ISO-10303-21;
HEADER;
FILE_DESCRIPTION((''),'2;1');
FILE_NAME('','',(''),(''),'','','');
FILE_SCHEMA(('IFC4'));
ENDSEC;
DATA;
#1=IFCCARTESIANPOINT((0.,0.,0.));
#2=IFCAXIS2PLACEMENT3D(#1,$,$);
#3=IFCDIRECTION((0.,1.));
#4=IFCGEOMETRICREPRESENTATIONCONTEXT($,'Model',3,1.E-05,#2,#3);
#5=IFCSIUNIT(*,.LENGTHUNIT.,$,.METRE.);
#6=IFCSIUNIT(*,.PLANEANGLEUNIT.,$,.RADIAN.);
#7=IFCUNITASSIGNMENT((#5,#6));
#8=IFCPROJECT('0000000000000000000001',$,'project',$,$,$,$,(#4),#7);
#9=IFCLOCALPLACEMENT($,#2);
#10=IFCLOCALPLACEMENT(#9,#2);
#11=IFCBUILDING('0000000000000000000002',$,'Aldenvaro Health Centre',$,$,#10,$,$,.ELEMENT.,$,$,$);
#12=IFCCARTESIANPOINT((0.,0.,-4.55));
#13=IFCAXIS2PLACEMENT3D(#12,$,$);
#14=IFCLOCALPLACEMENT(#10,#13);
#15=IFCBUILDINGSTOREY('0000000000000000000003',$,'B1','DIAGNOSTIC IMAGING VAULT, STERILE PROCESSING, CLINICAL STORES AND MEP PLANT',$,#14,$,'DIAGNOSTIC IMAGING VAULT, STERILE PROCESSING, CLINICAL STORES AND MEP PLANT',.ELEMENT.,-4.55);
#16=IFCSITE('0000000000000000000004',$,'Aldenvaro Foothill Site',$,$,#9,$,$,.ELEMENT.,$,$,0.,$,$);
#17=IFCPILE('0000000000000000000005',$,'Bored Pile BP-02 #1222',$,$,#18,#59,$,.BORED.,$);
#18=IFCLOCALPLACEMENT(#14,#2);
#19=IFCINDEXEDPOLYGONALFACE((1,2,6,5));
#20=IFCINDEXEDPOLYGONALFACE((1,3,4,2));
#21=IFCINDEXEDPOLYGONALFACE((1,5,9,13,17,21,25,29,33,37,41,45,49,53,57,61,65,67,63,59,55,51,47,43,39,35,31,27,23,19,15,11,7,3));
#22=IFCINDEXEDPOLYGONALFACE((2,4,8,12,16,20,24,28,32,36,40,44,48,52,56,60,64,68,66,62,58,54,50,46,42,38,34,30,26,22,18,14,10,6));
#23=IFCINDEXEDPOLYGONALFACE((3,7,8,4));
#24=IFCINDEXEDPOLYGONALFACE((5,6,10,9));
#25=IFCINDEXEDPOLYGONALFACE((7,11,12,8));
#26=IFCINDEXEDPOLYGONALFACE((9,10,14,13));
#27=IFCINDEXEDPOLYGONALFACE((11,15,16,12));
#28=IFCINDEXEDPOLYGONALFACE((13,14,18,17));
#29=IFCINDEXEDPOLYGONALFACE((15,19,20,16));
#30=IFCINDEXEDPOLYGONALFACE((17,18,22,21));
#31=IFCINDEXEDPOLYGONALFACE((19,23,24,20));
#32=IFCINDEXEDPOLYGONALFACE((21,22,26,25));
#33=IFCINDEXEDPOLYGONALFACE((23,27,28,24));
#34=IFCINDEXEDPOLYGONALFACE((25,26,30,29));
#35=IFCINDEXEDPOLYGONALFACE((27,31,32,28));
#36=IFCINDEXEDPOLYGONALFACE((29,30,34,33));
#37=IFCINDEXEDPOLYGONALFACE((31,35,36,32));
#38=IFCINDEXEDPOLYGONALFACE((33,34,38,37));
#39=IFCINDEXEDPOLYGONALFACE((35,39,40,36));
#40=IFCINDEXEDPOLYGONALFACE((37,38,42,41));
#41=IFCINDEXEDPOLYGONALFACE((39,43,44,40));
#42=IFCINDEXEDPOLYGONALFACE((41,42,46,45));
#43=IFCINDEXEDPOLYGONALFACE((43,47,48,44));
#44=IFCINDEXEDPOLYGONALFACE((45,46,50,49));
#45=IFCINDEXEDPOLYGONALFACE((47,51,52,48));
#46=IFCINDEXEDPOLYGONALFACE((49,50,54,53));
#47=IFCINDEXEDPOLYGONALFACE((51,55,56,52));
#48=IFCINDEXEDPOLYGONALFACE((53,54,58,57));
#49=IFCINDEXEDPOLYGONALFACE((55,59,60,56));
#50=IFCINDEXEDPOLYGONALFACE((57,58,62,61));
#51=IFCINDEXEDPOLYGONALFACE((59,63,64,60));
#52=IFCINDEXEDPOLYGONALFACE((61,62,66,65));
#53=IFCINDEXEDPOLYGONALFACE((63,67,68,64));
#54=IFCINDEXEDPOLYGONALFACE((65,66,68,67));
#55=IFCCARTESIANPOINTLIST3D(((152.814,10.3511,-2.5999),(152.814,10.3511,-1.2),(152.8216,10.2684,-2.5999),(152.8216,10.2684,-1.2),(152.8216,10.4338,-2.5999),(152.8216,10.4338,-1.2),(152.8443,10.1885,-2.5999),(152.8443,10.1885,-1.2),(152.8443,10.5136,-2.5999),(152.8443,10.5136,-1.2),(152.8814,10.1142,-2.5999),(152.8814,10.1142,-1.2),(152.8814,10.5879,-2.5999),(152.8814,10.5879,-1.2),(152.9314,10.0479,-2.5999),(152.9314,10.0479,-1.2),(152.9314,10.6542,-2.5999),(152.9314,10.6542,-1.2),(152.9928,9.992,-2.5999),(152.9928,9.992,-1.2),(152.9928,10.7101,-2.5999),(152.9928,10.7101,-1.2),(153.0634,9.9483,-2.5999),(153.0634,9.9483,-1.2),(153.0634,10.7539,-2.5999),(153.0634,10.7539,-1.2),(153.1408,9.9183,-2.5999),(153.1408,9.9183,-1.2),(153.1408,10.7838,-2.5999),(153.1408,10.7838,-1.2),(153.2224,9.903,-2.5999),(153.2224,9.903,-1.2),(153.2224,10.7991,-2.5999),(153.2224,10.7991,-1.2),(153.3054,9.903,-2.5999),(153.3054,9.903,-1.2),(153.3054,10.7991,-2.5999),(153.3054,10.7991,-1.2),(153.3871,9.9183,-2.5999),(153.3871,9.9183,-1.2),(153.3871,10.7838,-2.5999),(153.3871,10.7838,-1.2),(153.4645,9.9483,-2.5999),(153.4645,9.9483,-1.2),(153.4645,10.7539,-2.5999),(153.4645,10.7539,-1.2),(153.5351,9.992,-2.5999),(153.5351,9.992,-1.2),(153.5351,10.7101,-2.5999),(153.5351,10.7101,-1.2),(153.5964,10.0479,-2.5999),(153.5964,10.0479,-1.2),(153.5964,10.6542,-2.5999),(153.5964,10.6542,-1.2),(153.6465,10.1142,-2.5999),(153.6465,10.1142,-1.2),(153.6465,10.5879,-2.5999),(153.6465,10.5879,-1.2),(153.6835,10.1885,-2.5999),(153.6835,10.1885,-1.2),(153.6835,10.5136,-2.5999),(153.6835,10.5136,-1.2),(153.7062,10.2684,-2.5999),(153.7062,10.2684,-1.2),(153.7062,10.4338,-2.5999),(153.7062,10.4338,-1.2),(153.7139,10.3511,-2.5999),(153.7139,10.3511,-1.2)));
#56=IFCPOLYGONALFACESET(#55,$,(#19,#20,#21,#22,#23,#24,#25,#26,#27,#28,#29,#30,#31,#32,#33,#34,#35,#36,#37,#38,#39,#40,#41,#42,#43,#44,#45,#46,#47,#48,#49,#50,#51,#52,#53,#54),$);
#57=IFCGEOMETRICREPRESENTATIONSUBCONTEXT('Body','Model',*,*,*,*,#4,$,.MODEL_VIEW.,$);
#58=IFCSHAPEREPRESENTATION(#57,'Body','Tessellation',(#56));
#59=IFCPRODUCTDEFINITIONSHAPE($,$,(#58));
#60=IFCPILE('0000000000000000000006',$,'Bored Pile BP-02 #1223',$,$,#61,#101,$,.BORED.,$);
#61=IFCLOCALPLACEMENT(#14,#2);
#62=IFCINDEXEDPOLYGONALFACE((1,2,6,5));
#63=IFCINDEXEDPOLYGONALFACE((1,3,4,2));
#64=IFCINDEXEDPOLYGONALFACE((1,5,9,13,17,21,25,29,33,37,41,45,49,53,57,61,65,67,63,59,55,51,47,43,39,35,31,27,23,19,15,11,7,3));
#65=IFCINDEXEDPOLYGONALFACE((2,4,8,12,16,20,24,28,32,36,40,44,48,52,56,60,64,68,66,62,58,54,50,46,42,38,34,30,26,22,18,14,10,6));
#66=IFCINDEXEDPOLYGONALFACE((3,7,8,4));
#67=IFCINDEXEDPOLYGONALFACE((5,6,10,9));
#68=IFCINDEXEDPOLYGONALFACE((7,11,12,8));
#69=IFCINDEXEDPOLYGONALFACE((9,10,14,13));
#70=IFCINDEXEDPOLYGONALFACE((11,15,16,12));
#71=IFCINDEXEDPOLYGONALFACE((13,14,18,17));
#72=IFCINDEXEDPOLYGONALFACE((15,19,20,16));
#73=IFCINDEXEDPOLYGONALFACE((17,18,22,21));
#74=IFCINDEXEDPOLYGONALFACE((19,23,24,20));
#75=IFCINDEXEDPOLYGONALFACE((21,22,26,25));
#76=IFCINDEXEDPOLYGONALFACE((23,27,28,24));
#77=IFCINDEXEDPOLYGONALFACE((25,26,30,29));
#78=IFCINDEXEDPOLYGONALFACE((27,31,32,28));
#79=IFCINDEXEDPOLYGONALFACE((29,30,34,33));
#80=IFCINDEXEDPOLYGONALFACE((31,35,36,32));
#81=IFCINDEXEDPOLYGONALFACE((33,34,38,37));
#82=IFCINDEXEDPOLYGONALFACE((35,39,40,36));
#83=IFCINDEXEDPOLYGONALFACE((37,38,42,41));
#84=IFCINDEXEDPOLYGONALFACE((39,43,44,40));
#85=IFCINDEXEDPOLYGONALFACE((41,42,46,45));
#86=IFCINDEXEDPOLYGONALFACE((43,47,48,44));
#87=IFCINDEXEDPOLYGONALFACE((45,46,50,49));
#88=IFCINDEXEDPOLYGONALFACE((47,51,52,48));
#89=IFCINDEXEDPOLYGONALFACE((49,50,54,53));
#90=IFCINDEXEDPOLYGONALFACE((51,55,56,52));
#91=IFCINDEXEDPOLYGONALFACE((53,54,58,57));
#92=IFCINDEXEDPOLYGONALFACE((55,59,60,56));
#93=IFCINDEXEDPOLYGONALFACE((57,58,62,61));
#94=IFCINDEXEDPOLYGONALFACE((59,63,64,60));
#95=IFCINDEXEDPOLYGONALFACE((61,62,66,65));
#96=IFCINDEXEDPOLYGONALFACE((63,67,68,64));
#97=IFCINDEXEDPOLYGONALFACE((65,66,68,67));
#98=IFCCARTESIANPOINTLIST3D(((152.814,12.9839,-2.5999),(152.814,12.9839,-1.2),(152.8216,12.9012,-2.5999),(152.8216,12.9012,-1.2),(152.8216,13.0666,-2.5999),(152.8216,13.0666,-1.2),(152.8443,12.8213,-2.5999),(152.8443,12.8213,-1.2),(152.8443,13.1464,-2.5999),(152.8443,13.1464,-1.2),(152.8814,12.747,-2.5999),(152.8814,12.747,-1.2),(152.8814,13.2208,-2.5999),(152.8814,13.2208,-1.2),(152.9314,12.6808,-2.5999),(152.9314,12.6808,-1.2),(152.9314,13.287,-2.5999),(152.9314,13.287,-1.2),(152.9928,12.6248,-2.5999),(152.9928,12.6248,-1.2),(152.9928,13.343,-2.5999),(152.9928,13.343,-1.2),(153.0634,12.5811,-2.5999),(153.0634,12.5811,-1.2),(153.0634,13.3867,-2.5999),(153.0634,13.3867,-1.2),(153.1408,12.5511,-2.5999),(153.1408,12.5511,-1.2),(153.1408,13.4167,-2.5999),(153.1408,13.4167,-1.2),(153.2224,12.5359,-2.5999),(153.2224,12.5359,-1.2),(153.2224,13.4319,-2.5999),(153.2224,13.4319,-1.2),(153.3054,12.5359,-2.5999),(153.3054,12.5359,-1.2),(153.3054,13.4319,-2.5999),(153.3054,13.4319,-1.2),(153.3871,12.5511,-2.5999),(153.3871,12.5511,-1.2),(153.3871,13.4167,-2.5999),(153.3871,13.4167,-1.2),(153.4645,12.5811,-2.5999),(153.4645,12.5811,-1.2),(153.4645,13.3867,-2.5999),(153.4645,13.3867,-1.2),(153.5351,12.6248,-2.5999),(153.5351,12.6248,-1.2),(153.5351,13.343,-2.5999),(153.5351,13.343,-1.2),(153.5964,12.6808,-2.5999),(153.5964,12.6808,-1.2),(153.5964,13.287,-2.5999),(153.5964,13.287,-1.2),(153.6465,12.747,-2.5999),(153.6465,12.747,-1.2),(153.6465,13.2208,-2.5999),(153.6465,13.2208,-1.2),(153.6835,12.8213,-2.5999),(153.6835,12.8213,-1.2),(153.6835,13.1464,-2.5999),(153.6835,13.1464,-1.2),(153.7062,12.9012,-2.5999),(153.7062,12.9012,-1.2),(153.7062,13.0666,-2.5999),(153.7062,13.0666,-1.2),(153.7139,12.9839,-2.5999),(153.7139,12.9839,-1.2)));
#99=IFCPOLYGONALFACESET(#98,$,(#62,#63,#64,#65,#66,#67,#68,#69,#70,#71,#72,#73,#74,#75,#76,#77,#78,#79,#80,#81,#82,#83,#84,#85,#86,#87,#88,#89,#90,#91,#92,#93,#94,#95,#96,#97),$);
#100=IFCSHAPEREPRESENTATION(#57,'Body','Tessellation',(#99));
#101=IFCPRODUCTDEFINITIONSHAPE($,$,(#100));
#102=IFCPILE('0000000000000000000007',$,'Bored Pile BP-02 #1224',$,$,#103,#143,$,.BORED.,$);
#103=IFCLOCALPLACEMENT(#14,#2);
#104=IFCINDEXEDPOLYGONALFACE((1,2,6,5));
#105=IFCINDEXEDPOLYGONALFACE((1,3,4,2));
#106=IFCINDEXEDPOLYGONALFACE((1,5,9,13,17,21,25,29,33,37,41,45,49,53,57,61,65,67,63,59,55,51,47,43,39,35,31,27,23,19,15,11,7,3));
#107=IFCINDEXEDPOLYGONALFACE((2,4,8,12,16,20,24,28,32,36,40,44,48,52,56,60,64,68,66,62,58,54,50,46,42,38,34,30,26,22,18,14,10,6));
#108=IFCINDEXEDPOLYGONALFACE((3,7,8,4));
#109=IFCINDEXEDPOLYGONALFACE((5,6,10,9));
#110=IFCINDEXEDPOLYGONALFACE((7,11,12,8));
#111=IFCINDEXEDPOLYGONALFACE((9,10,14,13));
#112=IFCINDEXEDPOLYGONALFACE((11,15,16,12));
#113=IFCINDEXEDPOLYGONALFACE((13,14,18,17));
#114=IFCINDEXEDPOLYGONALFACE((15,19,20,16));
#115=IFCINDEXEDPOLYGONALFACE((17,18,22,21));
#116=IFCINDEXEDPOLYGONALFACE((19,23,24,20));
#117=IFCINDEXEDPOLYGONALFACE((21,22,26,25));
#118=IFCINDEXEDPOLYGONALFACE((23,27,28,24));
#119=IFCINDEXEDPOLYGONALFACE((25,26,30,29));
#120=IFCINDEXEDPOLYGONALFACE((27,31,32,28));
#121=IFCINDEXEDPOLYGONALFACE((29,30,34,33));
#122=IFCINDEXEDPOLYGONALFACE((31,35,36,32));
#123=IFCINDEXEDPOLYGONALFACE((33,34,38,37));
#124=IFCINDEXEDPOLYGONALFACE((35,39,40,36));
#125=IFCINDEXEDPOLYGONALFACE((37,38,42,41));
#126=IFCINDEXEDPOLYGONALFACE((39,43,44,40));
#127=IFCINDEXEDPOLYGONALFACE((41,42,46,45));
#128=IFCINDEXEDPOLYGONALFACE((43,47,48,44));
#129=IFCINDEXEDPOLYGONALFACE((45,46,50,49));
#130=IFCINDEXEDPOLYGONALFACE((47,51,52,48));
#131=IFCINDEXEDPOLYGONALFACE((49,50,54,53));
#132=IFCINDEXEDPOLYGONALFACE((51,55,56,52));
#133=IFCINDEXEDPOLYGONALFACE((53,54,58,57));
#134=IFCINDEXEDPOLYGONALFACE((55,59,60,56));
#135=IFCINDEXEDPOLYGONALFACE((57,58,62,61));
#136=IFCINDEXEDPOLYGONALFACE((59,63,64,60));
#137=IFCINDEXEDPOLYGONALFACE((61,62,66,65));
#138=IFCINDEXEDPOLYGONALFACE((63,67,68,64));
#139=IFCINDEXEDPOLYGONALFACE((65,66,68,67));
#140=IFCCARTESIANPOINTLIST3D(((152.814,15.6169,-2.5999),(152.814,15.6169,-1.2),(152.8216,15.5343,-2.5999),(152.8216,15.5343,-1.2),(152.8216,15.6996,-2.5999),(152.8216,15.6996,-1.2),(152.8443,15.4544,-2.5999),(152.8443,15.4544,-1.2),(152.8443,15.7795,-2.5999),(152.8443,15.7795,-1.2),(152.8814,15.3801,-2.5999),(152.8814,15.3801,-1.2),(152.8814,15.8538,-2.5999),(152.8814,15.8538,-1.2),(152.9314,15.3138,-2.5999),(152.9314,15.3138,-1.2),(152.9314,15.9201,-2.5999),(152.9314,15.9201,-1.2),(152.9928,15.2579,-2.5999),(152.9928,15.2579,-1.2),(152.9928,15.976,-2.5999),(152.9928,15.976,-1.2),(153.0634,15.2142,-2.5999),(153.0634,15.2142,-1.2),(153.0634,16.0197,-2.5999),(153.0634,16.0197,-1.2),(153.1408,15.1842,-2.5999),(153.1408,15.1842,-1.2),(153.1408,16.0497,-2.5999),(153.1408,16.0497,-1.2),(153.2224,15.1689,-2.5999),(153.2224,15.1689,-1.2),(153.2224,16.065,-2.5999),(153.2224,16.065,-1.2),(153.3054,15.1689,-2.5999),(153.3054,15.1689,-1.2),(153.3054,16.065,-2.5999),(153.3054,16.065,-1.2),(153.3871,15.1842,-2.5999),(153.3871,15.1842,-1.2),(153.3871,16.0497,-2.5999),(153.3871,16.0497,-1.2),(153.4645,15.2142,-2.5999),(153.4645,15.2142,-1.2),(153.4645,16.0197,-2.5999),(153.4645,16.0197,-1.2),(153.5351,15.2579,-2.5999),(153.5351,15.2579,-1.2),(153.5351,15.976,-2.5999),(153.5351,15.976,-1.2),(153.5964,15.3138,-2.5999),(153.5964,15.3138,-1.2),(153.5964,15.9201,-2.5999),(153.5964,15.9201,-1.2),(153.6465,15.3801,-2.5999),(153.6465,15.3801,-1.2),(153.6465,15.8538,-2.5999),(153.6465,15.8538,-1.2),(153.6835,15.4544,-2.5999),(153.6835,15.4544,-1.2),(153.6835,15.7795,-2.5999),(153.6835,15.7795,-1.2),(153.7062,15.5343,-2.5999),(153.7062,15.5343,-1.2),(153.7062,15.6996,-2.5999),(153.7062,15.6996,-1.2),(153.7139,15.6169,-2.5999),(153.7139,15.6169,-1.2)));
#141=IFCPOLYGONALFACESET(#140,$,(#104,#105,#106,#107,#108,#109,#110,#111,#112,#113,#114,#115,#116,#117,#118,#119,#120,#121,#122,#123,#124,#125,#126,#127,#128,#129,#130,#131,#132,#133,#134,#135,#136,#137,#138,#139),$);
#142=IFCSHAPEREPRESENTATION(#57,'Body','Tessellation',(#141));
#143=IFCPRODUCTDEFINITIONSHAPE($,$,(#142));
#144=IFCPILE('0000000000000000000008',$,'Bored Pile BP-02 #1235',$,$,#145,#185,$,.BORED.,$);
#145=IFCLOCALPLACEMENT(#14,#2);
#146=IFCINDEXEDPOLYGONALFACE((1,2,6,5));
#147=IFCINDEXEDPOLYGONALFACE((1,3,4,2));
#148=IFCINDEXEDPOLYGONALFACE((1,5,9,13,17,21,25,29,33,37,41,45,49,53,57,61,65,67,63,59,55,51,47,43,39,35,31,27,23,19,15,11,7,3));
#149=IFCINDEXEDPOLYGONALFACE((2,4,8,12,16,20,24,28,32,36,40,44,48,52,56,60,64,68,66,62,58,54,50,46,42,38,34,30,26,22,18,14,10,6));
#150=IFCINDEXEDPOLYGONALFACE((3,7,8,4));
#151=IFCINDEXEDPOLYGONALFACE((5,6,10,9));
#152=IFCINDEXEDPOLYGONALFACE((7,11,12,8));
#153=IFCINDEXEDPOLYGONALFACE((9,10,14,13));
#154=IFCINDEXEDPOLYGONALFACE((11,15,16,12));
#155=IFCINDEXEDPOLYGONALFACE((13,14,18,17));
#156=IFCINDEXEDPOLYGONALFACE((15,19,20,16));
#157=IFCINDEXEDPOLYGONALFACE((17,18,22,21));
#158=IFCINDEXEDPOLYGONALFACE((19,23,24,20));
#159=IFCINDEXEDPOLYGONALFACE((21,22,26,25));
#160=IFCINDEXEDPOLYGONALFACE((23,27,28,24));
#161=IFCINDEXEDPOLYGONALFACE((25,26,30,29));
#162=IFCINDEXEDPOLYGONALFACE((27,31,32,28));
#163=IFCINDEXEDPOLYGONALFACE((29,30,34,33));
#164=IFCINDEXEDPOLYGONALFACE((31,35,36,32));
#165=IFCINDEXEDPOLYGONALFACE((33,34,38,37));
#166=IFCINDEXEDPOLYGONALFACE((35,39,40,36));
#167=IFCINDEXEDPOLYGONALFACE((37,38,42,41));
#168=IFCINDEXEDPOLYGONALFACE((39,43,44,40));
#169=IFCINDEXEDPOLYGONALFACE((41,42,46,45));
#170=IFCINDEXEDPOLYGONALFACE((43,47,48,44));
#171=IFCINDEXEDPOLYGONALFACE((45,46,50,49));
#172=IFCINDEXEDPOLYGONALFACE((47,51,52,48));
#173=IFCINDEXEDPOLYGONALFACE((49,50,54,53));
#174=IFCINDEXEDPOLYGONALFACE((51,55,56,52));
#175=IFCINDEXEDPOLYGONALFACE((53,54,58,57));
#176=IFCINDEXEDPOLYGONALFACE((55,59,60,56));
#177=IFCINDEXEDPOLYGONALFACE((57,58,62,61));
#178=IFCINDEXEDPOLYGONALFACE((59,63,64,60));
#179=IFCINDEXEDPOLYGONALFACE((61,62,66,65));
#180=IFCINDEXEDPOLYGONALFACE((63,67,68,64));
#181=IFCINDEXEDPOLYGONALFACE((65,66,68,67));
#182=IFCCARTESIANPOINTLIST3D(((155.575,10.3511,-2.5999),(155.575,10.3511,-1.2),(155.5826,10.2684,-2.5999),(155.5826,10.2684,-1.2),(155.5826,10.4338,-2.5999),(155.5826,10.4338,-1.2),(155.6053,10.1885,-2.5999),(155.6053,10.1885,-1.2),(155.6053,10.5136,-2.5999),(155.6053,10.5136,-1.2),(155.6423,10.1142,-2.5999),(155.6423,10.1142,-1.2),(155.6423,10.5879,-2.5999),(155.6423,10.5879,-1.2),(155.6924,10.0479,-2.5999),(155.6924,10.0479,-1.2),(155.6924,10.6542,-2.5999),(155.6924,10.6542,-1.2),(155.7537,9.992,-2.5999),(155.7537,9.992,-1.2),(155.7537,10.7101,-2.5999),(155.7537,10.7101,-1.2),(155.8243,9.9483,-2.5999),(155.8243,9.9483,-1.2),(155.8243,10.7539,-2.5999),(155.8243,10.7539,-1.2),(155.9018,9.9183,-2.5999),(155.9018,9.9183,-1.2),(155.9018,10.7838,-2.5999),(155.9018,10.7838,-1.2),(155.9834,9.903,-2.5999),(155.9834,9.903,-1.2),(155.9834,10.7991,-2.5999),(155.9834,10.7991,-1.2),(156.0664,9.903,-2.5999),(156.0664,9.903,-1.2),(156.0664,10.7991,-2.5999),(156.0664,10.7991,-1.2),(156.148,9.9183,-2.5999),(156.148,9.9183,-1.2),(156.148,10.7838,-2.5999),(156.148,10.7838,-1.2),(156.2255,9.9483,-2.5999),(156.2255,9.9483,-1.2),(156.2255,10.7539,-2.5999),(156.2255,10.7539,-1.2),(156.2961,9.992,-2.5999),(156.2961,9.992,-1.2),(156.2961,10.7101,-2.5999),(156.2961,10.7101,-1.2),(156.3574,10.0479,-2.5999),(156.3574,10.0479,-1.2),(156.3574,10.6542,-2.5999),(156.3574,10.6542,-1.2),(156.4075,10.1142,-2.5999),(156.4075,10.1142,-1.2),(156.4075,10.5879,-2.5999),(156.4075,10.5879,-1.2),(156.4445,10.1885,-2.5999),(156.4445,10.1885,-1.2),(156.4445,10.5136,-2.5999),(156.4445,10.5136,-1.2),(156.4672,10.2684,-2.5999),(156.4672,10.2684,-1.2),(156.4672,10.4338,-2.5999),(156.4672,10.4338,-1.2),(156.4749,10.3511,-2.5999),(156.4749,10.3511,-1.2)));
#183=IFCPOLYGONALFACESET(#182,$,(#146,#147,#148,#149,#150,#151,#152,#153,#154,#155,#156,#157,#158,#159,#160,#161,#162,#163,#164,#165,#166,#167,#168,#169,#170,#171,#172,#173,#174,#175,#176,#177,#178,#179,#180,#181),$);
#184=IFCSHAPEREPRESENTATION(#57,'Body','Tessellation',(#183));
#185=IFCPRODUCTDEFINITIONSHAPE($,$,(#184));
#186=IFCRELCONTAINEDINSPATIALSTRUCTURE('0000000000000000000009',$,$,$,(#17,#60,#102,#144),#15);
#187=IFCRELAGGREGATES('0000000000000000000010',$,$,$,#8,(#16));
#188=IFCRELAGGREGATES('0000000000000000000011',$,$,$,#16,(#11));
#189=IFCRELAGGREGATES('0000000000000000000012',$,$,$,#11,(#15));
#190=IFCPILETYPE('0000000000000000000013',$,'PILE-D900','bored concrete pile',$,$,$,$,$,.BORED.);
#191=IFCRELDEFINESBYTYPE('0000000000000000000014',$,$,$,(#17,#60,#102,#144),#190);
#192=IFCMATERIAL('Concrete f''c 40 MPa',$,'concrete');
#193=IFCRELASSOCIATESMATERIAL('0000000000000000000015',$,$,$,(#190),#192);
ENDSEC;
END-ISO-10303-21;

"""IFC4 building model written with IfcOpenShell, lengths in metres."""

from ifc_helpers import new_model, si_unit, direction, frame, origin, origin_2d, place, context, subcontext, project, spatial, circle, extrude, material, material_profile, profile_set, type_object, element, save


model = new_model("IFC4")

# Units and contexts
model_context = context("Model", 3, precision=1e-05, world=origin(), true_north=direction((0.0, 1.0)))
body_context = subcontext(model_context, "Body", "Model", "MODEL_VIEW")
ifc_project = project(units=[si_unit("LENGTHUNIT", "METRE"), si_unit("PLANEANGLEUNIT", "RADIAN")], contexts=[model_context])

# Site, building, storey
site_placement = place(None, origin())
site = spatial("IfcSite", under=ifc_project, at=site_placement, Name="Aldenvaro Foothill Site", CompositionType="ELEMENT", RefElevation=0.0)
building_placement = place(site_placement, origin())
building = spatial("IfcBuilding", under=site, at=building_placement, Name="Aldenvaro Health Centre", CompositionType="ELEMENT")
storey_placement = place(building_placement, frame((0.0, 0.0, -4.55)))
storey = spatial("IfcBuildingStorey", under=building, at=storey_placement, Name="B1", Description="DIAGNOSTIC IMAGING VAULT, STERILE PROCESSING, CLINICAL STORES AND MEP PLANT", LongName="DIAGNOSTIC IMAGING VAULT, STERILE PROCESSING, CLINICAL STORES AND MEP PLANT", CompositionType="ELEMENT", Elevation=-4.55)

# Piles
ifc_material_1 = material(Name="Concrete f'c 40 MPa", Category="concrete")
ifc_material_profile_1 = material_profile(ifc_material_1, circle(Radius=0.45, at=origin_2d()), Name="PILE D900", Category="concrete")
ifc_profile_set_1 = profile_set([ifc_material_profile_1], Name="Concrete f'c 40 MPa")
pile_type = type_object("IfcPileType", Name="PILE-D900", Description="bored concrete pile", PredefinedType="BORED", material=ifc_profile_set_1)
for number, where, z_axis, x_axis, name in (
    (1, (153.2639, 10.3511, -1.2), (0.0, 0.0, -1.0), (1.0, 0.0, 0.0), "Bored Pile BP-02 #1222"),
    (2, (153.2639, 12.9839, -1.2), (0.0, 0.0, -1.0), (1.0, 0.0, 0.0), "Bored Pile BP-02 #1223"),
    (3, (153.2639, 15.6169, -1.2), (0.0, 0.0, -1.0), (1.0, 0.0, 0.0), "Bored Pile BP-02 #1224"),
    (4, (156.0249, 10.3511, -1.2), (0.0, 0.0, -1.0), (1.0, 0.0, 0.0), "Bored Pile BP-02 #1235"),
):
    element("IfcPile", number, at=place(storey_placement, frame(where, z_axis=z_axis, x_axis=x_axis)), inside=storey, type_object=pile_type, Name=name, PredefinedType="BORED", context=body_context, shape_type="SweptSolid", body=[
        extrude(circle(Radius=0.45, at=origin_2d()), origin(), (0.0, 0.0, 1.0), 1.3999),
    ])

save(model, "model.ifc")
